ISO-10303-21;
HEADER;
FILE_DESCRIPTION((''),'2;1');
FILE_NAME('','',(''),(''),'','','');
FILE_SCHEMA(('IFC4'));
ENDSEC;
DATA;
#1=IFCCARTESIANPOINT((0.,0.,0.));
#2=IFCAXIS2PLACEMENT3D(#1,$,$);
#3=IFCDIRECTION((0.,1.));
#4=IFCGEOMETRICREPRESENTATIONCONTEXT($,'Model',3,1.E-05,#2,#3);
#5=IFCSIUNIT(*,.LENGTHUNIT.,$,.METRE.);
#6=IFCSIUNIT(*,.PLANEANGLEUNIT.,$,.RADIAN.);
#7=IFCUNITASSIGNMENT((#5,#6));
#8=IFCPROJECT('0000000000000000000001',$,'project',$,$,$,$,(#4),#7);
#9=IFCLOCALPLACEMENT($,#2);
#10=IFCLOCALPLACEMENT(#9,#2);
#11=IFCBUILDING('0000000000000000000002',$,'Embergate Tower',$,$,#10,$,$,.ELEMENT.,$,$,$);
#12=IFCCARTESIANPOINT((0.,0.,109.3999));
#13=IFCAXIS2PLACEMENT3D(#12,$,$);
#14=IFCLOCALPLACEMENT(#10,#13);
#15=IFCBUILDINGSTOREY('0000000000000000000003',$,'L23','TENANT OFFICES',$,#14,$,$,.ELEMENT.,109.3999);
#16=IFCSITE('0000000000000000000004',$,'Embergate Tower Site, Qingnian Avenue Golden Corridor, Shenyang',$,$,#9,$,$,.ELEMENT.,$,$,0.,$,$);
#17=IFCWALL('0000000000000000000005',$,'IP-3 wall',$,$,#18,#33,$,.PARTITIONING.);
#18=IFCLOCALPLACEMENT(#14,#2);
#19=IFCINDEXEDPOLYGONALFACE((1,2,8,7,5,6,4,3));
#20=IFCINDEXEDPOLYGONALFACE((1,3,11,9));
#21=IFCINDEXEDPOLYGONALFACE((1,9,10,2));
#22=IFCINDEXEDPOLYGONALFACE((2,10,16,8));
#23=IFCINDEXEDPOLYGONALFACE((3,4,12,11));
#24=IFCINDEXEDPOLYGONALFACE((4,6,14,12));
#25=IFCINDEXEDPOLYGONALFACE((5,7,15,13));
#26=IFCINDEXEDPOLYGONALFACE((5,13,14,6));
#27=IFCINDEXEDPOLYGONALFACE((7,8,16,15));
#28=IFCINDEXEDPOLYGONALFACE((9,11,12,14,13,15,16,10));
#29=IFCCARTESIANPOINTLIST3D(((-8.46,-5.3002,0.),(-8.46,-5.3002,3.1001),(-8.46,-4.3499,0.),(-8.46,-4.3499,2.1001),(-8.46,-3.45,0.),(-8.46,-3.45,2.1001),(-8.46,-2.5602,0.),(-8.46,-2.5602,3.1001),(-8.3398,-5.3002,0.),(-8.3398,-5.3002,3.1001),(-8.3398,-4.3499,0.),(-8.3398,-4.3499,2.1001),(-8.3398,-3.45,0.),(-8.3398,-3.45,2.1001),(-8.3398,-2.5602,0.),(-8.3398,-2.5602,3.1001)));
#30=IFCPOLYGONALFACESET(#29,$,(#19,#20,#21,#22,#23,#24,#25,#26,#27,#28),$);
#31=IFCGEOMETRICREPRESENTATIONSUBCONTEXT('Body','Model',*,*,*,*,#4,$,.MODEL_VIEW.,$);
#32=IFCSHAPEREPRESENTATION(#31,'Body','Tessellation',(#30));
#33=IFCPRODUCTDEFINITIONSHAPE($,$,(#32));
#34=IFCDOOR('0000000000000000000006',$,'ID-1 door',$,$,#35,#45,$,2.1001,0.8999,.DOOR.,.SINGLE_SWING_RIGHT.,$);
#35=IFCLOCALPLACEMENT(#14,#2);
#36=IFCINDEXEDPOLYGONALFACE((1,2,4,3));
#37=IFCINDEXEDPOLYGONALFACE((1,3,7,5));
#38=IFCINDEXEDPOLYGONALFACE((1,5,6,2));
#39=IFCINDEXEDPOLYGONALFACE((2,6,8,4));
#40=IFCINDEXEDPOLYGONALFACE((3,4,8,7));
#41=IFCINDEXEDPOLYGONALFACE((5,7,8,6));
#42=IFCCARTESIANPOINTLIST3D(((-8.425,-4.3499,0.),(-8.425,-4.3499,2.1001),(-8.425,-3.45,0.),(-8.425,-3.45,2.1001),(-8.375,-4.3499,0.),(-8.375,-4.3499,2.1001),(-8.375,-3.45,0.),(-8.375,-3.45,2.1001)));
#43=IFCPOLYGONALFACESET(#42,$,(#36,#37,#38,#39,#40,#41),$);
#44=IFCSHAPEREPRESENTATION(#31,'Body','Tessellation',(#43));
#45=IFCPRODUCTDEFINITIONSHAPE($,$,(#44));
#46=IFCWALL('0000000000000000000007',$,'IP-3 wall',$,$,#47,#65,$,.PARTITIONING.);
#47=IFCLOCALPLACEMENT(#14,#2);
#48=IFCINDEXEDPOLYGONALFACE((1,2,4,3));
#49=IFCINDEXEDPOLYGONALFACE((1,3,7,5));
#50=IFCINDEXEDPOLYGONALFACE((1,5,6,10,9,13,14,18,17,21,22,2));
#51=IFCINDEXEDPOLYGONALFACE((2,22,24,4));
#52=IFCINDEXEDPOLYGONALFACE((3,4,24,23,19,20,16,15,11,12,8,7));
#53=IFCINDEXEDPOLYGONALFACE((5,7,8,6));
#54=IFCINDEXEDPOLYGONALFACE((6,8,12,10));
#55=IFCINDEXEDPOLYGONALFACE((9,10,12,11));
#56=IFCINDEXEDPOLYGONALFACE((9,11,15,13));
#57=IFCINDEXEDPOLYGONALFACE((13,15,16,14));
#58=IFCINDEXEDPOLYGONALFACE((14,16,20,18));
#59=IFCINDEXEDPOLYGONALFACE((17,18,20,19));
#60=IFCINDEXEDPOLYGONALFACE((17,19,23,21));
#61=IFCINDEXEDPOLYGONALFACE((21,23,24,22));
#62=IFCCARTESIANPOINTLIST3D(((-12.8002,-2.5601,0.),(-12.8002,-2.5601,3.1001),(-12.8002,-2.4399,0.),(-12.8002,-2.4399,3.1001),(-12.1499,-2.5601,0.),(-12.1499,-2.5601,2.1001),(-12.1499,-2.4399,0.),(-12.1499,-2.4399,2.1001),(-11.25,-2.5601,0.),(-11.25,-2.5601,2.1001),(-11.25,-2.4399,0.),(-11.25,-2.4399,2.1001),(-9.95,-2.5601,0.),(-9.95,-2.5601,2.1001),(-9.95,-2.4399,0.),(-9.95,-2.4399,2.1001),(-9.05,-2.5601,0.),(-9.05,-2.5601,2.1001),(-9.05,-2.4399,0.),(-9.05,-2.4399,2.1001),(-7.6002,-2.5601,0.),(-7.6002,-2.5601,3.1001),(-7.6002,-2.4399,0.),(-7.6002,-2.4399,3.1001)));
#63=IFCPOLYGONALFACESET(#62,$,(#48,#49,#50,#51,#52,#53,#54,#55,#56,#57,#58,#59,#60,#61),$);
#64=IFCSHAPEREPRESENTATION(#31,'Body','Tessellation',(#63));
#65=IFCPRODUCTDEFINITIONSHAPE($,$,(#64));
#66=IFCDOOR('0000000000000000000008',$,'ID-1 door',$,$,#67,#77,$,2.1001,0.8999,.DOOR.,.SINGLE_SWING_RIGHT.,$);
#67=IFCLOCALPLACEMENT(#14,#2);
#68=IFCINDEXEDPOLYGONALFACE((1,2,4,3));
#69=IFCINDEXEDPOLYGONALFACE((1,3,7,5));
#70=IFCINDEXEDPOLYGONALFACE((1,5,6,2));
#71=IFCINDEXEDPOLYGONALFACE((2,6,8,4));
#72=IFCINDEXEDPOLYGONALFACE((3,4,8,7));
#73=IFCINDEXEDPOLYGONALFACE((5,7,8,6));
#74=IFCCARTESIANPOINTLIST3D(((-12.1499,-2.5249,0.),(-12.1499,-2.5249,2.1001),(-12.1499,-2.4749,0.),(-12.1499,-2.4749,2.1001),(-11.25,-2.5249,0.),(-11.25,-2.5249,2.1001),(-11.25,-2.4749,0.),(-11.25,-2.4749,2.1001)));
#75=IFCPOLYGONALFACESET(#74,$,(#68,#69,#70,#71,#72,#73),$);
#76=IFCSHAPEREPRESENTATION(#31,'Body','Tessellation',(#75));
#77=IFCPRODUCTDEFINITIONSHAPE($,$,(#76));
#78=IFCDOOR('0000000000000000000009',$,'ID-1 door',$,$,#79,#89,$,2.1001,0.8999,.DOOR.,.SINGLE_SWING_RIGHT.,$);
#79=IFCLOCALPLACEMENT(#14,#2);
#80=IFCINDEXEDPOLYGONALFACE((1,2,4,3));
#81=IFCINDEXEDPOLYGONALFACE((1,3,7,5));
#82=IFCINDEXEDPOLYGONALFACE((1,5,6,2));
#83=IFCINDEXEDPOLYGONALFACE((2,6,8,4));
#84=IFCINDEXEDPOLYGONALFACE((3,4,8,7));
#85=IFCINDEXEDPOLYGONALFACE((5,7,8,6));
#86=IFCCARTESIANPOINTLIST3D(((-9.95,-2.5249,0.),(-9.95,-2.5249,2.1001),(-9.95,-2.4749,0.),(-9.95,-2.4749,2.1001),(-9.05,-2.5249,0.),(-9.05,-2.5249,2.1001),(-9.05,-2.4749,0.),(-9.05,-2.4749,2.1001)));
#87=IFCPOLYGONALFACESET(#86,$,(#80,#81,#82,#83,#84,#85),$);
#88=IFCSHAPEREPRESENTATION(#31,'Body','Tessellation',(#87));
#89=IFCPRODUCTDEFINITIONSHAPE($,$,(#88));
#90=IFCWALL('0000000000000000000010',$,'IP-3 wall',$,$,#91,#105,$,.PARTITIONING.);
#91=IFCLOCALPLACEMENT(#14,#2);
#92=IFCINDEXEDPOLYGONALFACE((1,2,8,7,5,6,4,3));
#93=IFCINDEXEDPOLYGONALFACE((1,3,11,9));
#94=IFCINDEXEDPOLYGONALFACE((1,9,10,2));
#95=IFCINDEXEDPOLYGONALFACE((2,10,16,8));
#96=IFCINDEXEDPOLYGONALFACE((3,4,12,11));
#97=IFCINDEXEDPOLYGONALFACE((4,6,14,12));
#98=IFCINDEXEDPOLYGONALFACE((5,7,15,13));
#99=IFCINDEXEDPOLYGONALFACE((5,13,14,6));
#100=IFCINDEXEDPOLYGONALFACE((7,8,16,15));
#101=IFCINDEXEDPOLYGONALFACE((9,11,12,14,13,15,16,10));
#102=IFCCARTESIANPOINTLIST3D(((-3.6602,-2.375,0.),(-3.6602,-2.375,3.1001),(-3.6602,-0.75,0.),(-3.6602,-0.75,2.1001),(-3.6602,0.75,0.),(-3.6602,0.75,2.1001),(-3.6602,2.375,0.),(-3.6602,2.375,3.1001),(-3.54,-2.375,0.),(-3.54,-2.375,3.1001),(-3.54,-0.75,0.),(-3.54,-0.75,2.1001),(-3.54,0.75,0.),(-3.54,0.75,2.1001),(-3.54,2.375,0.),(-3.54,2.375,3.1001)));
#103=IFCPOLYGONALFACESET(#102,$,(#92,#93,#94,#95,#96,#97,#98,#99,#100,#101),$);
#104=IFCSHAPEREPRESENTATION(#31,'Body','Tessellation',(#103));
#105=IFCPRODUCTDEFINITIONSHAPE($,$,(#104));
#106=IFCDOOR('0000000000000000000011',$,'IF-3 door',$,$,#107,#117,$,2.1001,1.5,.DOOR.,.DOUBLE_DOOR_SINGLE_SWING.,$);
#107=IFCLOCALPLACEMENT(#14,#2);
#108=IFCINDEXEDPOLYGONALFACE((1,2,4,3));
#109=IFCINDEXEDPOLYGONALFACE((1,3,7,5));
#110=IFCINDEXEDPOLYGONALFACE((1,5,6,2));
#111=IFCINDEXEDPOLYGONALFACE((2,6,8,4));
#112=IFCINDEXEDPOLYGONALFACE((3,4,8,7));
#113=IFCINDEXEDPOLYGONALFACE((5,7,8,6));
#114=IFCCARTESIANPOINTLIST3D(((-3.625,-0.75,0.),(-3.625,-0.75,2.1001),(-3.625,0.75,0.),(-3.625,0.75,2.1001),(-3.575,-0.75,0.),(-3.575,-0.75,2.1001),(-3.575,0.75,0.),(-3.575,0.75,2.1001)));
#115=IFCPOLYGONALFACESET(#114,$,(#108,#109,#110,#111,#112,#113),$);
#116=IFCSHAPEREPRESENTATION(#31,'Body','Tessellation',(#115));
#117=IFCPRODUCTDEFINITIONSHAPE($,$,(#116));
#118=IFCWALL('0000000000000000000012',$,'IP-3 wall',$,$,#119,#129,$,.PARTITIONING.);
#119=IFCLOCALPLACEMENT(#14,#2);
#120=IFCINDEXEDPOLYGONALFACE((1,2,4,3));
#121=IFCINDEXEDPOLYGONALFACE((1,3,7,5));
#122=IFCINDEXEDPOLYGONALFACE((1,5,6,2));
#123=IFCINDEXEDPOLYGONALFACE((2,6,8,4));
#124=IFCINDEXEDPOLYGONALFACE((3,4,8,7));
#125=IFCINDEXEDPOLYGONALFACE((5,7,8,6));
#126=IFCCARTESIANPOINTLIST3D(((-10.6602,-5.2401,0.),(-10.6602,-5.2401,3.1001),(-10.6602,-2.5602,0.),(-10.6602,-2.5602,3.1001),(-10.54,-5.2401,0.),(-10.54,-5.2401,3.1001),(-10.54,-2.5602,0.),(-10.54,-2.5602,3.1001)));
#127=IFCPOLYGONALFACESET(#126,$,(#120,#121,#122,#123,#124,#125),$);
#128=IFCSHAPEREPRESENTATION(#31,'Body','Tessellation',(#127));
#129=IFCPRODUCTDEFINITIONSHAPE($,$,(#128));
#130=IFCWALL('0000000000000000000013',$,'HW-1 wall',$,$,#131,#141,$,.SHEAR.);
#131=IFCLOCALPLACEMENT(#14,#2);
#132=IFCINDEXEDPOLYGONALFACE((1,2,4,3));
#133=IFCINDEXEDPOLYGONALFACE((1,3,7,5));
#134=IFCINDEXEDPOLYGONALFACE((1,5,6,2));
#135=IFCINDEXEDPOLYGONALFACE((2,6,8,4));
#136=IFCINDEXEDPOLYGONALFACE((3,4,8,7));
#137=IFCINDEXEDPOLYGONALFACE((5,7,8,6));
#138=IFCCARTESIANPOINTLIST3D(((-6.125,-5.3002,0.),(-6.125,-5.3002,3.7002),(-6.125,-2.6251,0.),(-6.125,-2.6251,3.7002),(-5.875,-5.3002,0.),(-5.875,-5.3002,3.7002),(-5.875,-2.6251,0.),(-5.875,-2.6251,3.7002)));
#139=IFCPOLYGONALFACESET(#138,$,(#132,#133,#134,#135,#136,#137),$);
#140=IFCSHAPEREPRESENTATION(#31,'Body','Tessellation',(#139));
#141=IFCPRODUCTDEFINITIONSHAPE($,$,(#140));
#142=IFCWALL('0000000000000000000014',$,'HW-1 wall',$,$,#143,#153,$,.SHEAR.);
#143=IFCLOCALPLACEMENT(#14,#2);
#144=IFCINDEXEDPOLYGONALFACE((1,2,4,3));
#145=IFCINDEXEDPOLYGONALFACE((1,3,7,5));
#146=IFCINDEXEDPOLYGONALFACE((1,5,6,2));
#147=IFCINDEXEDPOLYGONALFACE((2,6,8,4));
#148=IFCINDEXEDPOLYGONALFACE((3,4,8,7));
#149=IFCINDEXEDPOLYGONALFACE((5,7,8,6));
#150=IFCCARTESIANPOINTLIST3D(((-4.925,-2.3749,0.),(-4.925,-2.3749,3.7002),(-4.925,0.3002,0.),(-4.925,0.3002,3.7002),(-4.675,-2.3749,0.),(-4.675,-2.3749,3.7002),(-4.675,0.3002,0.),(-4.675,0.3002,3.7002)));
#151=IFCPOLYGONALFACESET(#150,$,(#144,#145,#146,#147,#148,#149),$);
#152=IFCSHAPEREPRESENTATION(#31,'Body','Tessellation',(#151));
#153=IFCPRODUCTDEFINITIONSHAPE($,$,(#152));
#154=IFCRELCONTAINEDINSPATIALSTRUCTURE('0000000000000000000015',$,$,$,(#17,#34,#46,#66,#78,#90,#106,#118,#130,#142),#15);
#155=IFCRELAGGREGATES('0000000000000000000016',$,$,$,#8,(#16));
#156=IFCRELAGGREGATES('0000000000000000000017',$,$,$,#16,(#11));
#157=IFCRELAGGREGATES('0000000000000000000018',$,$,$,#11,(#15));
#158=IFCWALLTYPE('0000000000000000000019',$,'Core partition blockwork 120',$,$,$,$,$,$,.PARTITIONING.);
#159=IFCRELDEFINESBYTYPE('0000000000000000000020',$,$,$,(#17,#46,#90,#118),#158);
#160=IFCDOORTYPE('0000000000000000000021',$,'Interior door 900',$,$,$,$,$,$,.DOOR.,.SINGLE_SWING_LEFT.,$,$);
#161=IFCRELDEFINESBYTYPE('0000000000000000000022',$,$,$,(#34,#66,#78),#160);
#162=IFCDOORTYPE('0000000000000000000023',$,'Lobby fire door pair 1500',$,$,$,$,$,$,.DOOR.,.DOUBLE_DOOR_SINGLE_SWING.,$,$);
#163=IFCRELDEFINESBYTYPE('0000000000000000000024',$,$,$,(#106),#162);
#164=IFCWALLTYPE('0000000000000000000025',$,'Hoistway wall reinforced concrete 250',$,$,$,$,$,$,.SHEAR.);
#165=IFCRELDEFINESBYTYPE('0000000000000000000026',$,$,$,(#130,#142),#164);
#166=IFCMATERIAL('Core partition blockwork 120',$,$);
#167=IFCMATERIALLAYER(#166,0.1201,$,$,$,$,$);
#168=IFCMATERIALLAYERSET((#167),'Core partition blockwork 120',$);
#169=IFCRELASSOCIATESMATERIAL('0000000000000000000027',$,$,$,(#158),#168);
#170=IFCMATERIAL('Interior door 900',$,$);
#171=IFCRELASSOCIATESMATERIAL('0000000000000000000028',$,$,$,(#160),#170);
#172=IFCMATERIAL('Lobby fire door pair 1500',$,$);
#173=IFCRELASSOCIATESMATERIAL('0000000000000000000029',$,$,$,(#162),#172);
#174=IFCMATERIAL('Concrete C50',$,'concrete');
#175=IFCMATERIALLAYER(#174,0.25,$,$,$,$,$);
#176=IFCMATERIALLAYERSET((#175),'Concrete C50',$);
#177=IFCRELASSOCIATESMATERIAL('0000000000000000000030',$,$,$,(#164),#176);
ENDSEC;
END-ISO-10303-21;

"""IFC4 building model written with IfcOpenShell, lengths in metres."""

from ifc_helpers import new_model, si_unit, direction, frame, frame_2d, origin, place, context, subcontext, project, spatial, rectangle, extrude, source, transform, mapped, material, layer, layer_set, type_object, element, fill, save


model = new_model("IFC4")

# Units and contexts
model_context = context("Model", 3, precision=1e-05, world=origin(), true_north=direction((0.0, 1.0)))
body_context = subcontext(model_context, "Body", "Model", "MODEL_VIEW")
ifc_project = project(units=[si_unit("LENGTHUNIT", "METRE"), si_unit("PLANEANGLEUNIT", "RADIAN")], contexts=[model_context])

# Site, building, storey
site_placement = place(None, origin())
site = spatial("IfcSite", under=ifc_project, at=site_placement, Name="Embergate Tower Site, Qingnian Avenue Golden Corridor, Shenyang", CompositionType="ELEMENT", RefElevation=0.0)
building_placement = place(site_placement, origin())
building = spatial("IfcBuilding", under=site, at=building_placement, Name="Embergate Tower", CompositionType="ELEMENT")
storey_placement = place(building_placement, frame((0.0, 0.0, 109.3999)))
storey = spatial("IfcBuildingStorey", under=building, at=storey_placement, Name="L23", Description="TENANT OFFICES", CompositionType="ELEMENT", Elevation=109.3999)

# Wall, opening, door
ifc_material_1 = material(Name="Core partition blockwork 120")
ifc_layer_1 = layer(ifc_material_1, 0.1201)
ifc_layer_set_1 = layer_set([ifc_layer_1], Name="Core partition blockwork 120")
wall_type_1 = type_object("IfcWallType", Name="Core partition blockwork 120", PredefinedType="PARTITIONING", material=ifc_layer_set_1)
shared_shape_1 = source(origin(), body_context, "Body", "SweptSolid", [
    extrude(rectangle(XDim=2.74, YDim=0.1201, at=frame_2d((1.3701, 0.0))), origin(), (0.0, 0.0, 1.0), 3.1001),
])
wall_1_placement = place(storey_placement, frame((-8.3999, -2.5601, 0.0), z_axis=(0.0, 0.0, 1.0), x_axis=(0.0, -1.0, 0.0)))
wall_1 = element("IfcWall", 1, at=wall_1_placement, inside=storey, type_object=wall_type_1, Name="IP-3 wall", PredefinedType="PARTITIONING", context=body_context, shape_type="MappedRepresentation", body=[
    mapped(shared_shape_1, transform((0.0, 0.0, 0.0))),
])
shared_shape_2 = source(origin(), body_context, "Body", "SweptSolid", [
    extrude(rectangle(XDim=0.8999, YDim=2.1001, at=frame_2d((0.45, 1.05))), frame((0.0, 0.0701, 0.0), z_axis=(0.0, -1.0, 0.0), x_axis=(1.0, 0.0, 0.0)), (0.0, 0.0, 1.0), 0.1401),
])
opening_1_placement = place(wall_1_placement, frame((0.8899, 0.0, 0.0)))
opening_1 = element("IfcOpeningElement", 2, at=opening_1_placement, cuts=wall_1, PredefinedType="OPENING", context=body_context, shape_type="MappedRepresentation", body=[
    mapped(shared_shape_2, transform((0.0, 0.0, 0.0))),
])
ifc_material_2 = material(Name="Interior door 900")
door_type_1 = type_object("IfcDoorType", Name="Interior door 900", OperationType="SINGLE_SWING_LEFT", PredefinedType="DOOR", material=ifc_material_2)
shared_shape_3 = source(origin(), body_context, "Body", "SweptSolid", [
    extrude(rectangle(XDim=0.8999, YDim=2.1001, at=frame_2d((0.45, 1.05))), frame((0.0, 0.0249, 0.0), z_axis=(0.0, -1.0, 0.0), x_axis=(1.0, 0.0, 0.0)), (0.0, 0.0, 1.0), 0.05),
])
door_1_placement = place(opening_1_placement, origin())
door_1 = element("IfcDoor", 3, at=door_1_placement, inside=storey, type_object=door_type_1, Name="ID-1 door", OperationType="SINGLE_SWING_RIGHT", OverallHeight=2.1001, OverallWidth=0.8999, PredefinedType="DOOR", context=body_context, shape_type="MappedRepresentation", body=[
    mapped(shared_shape_3, transform((0.0, 0.0, 0.0))),
])
fill(opening_1, door_1)

# Wall, openings, doors
shared_shape_4 = source(origin(), body_context, "Body", "SweptSolid", [
    extrude(rectangle(XDim=5.2, YDim=0.1201, at=frame_2d((2.6001, 0.0))), origin(), (0.0, 0.0, 1.0), 3.1001),
])
wall_2_placement = place(storey_placement, frame((-7.6001, -2.5, 0.0), z_axis=(0.0, 0.0, 1.0), x_axis=(-1.0, 0.0, 0.0)))
wall_2 = element("IfcWall", 4, at=wall_2_placement, inside=storey, type_object=wall_type_1, Name="IP-3 wall", PredefinedType="PARTITIONING", context=body_context, shape_type="MappedRepresentation", body=[
    mapped(shared_shape_4, transform((0.0, 0.0, 0.0))),
])
opening_2_placement = place(wall_2_placement, frame((3.6499, 0.0, 0.0)))
opening_2 = element("IfcOpeningElement", 5, at=opening_2_placement, cuts=wall_2, PredefinedType="OPENING", context=body_context, shape_type="MappedRepresentation", body=[
    mapped(shared_shape_2, transform((0.0, 0.0, 0.0))),
])
opening_3_placement = place(wall_2_placement, frame((1.45, 0.0, 0.0)))
opening_3 = element("IfcOpeningElement", 6, at=opening_3_placement, cuts=wall_2, PredefinedType="OPENING", context=body_context, shape_type="MappedRepresentation", body=[
    mapped(shared_shape_2, transform((0.0, 0.0, 0.0))),
])
door_2_placement = place(opening_2_placement, origin())
door_2 = element("IfcDoor", 7, at=door_2_placement, inside=storey, type_object=door_type_1, Name="ID-1 door", OperationType="SINGLE_SWING_RIGHT", OverallHeight=2.1001, OverallWidth=0.8999, PredefinedType="DOOR", context=body_context, shape_type="MappedRepresentation", body=[
    mapped(shared_shape_3, transform((0.0, 0.0, 0.0))),
])
fill(opening_2, door_2)
door_3_placement = place(opening_3_placement, origin())
door_3 = element("IfcDoor", 8, at=door_3_placement, inside=storey, type_object=door_type_1, Name="ID-1 door", OperationType="SINGLE_SWING_RIGHT", OverallHeight=2.1001, OverallWidth=0.8999, PredefinedType="DOOR", context=body_context, shape_type="MappedRepresentation", body=[
    mapped(shared_shape_3, transform((0.0, 0.0, 0.0))),
])
fill(opening_3, door_3)

# Wall, opening, door
shared_shape_5 = source(origin(), body_context, "Body", "SweptSolid", [
    extrude(rectangle(XDim=4.75, YDim=0.1201, at=frame_2d((2.375, 0.0))), origin(), (0.0, 0.0, 1.0), 3.1001),
])
wall_3_placement = place(storey_placement, frame((-3.6001, -2.375, 0.0), z_axis=(0.0, 0.0, 1.0), x_axis=(0.0, 1.0, 0.0)))
wall_3 = element("IfcWall", 9, at=wall_3_placement, inside=storey, type_object=wall_type_1, Name="IP-3 wall", PredefinedType="PARTITIONING", context=body_context, shape_type="MappedRepresentation", body=[
    mapped(shared_shape_5, transform((0.0, 0.0, 0.0))),
])
shared_shape_6 = source(origin(), body_context, "Body", "SweptSolid", [
    extrude(rectangle(XDim=1.5, YDim=2.1001, at=frame_2d((0.75, 1.05))), frame((0.0, 0.0701, 0.0), z_axis=(0.0, -1.0, 0.0), x_axis=(1.0, 0.0, 0.0)), (0.0, 0.0, 1.0), 0.1401),
])
opening_4_placement = place(wall_3_placement, frame((1.625, 0.0, 0.0)))
opening_4 = element("IfcOpeningElement", 10, at=opening_4_placement, cuts=wall_3, PredefinedType="OPENING", context=body_context, shape_type="MappedRepresentation", body=[
    mapped(shared_shape_6, transform((0.0, 0.0, 0.0))),
])
ifc_material_3 = material(Name="Lobby fire door pair 1500")
door_type_2 = type_object("IfcDoorType", Name="Lobby fire door pair 1500", OperationType="DOUBLE_DOOR_SINGLE_SWING", PredefinedType="DOOR", material=ifc_material_3)
shared_shape_7 = source(origin(), body_context, "Body", "SweptSolid", [
    extrude(rectangle(XDim=1.5, YDim=2.1001, at=frame_2d((0.75, 1.05))), frame((0.0, 0.0249, 0.0), z_axis=(0.0, -1.0, 0.0), x_axis=(1.0, 0.0, 0.0)), (0.0, 0.0, 1.0), 0.05),
])
door_4_placement = place(opening_4_placement, origin())
door_4 = element("IfcDoor", 11, at=door_4_placement, inside=storey, type_object=door_type_2, Name="IF-3 door", OperationType="DOUBLE_DOOR_SINGLE_SWING", OverallHeight=2.1001, OverallWidth=1.5, PredefinedType="DOOR", context=body_context, shape_type="MappedRepresentation", body=[
    mapped(shared_shape_7, transform((0.0, 0.0, 0.0))),
])
fill(opening_4, door_4)

# Walls
shared_shape_8 = source(origin(), body_context, "Body", "SweptSolid", [
    extrude(rectangle(XDim=2.6799, YDim=0.1201, at=frame_2d((1.3398, 0.0))), origin(), (0.0, 0.0, 1.0), 3.1001),
])
wall_4_placement = place(storey_placement, frame((-10.6001, -5.24, 0.0), z_axis=(0.0, 0.0, 1.0), x_axis=(0.0, 1.0, 0.0)))
element("IfcWall", 12, at=wall_4_placement, inside=storey, type_object=wall_type_1, Name="IP-3 wall", PredefinedType="PARTITIONING", context=body_context, shape_type="MappedRepresentation", body=[
    mapped(shared_shape_8, transform((0.0, 0.0, 0.0))),
])
ifc_material_4 = material(Name="Concrete C50", Category="concrete")
ifc_layer_2 = layer(ifc_material_4, 0.25)
ifc_layer_set_2 = layer_set([ifc_layer_2], Name="Concrete C50")
wall_type_2 = type_object("IfcWallType", Name="Hoistway wall reinforced concrete 250", PredefinedType="SHEAR", material=ifc_layer_set_2)
shared_shape_9 = source(origin(), body_context, "Body", "SweptSolid", [
    extrude(rectangle(XDim=2.675, YDim=0.25, at=frame_2d((1.3374, 0.0))), origin(), (0.0, 0.0, 1.0), 3.7002),
])
for number, where, z_axis, x_axis, name in (
    (13, (-6.0, -5.3, 0.0), (0.0, 0.0, 1.0), (0.0, 1.0, 0.0), "HW-1 wall"),
    (14, (-4.8, 0.3, 0.0), (0.0, 0.0, 1.0), (0.0, -1.0, 0.0), "HW-1 wall"),
):
    element("IfcWall", number, at=place(storey_placement, frame(where, z_axis=z_axis, x_axis=x_axis)), inside=storey, type_object=wall_type_2, Name=name, PredefinedType="SHEAR", context=body_context, shape_type="MappedRepresentation", body=[
        mapped(shared_shape_9, transform((0.0, 0.0, 0.0))),
    ])

save(model, "model.ifc")
